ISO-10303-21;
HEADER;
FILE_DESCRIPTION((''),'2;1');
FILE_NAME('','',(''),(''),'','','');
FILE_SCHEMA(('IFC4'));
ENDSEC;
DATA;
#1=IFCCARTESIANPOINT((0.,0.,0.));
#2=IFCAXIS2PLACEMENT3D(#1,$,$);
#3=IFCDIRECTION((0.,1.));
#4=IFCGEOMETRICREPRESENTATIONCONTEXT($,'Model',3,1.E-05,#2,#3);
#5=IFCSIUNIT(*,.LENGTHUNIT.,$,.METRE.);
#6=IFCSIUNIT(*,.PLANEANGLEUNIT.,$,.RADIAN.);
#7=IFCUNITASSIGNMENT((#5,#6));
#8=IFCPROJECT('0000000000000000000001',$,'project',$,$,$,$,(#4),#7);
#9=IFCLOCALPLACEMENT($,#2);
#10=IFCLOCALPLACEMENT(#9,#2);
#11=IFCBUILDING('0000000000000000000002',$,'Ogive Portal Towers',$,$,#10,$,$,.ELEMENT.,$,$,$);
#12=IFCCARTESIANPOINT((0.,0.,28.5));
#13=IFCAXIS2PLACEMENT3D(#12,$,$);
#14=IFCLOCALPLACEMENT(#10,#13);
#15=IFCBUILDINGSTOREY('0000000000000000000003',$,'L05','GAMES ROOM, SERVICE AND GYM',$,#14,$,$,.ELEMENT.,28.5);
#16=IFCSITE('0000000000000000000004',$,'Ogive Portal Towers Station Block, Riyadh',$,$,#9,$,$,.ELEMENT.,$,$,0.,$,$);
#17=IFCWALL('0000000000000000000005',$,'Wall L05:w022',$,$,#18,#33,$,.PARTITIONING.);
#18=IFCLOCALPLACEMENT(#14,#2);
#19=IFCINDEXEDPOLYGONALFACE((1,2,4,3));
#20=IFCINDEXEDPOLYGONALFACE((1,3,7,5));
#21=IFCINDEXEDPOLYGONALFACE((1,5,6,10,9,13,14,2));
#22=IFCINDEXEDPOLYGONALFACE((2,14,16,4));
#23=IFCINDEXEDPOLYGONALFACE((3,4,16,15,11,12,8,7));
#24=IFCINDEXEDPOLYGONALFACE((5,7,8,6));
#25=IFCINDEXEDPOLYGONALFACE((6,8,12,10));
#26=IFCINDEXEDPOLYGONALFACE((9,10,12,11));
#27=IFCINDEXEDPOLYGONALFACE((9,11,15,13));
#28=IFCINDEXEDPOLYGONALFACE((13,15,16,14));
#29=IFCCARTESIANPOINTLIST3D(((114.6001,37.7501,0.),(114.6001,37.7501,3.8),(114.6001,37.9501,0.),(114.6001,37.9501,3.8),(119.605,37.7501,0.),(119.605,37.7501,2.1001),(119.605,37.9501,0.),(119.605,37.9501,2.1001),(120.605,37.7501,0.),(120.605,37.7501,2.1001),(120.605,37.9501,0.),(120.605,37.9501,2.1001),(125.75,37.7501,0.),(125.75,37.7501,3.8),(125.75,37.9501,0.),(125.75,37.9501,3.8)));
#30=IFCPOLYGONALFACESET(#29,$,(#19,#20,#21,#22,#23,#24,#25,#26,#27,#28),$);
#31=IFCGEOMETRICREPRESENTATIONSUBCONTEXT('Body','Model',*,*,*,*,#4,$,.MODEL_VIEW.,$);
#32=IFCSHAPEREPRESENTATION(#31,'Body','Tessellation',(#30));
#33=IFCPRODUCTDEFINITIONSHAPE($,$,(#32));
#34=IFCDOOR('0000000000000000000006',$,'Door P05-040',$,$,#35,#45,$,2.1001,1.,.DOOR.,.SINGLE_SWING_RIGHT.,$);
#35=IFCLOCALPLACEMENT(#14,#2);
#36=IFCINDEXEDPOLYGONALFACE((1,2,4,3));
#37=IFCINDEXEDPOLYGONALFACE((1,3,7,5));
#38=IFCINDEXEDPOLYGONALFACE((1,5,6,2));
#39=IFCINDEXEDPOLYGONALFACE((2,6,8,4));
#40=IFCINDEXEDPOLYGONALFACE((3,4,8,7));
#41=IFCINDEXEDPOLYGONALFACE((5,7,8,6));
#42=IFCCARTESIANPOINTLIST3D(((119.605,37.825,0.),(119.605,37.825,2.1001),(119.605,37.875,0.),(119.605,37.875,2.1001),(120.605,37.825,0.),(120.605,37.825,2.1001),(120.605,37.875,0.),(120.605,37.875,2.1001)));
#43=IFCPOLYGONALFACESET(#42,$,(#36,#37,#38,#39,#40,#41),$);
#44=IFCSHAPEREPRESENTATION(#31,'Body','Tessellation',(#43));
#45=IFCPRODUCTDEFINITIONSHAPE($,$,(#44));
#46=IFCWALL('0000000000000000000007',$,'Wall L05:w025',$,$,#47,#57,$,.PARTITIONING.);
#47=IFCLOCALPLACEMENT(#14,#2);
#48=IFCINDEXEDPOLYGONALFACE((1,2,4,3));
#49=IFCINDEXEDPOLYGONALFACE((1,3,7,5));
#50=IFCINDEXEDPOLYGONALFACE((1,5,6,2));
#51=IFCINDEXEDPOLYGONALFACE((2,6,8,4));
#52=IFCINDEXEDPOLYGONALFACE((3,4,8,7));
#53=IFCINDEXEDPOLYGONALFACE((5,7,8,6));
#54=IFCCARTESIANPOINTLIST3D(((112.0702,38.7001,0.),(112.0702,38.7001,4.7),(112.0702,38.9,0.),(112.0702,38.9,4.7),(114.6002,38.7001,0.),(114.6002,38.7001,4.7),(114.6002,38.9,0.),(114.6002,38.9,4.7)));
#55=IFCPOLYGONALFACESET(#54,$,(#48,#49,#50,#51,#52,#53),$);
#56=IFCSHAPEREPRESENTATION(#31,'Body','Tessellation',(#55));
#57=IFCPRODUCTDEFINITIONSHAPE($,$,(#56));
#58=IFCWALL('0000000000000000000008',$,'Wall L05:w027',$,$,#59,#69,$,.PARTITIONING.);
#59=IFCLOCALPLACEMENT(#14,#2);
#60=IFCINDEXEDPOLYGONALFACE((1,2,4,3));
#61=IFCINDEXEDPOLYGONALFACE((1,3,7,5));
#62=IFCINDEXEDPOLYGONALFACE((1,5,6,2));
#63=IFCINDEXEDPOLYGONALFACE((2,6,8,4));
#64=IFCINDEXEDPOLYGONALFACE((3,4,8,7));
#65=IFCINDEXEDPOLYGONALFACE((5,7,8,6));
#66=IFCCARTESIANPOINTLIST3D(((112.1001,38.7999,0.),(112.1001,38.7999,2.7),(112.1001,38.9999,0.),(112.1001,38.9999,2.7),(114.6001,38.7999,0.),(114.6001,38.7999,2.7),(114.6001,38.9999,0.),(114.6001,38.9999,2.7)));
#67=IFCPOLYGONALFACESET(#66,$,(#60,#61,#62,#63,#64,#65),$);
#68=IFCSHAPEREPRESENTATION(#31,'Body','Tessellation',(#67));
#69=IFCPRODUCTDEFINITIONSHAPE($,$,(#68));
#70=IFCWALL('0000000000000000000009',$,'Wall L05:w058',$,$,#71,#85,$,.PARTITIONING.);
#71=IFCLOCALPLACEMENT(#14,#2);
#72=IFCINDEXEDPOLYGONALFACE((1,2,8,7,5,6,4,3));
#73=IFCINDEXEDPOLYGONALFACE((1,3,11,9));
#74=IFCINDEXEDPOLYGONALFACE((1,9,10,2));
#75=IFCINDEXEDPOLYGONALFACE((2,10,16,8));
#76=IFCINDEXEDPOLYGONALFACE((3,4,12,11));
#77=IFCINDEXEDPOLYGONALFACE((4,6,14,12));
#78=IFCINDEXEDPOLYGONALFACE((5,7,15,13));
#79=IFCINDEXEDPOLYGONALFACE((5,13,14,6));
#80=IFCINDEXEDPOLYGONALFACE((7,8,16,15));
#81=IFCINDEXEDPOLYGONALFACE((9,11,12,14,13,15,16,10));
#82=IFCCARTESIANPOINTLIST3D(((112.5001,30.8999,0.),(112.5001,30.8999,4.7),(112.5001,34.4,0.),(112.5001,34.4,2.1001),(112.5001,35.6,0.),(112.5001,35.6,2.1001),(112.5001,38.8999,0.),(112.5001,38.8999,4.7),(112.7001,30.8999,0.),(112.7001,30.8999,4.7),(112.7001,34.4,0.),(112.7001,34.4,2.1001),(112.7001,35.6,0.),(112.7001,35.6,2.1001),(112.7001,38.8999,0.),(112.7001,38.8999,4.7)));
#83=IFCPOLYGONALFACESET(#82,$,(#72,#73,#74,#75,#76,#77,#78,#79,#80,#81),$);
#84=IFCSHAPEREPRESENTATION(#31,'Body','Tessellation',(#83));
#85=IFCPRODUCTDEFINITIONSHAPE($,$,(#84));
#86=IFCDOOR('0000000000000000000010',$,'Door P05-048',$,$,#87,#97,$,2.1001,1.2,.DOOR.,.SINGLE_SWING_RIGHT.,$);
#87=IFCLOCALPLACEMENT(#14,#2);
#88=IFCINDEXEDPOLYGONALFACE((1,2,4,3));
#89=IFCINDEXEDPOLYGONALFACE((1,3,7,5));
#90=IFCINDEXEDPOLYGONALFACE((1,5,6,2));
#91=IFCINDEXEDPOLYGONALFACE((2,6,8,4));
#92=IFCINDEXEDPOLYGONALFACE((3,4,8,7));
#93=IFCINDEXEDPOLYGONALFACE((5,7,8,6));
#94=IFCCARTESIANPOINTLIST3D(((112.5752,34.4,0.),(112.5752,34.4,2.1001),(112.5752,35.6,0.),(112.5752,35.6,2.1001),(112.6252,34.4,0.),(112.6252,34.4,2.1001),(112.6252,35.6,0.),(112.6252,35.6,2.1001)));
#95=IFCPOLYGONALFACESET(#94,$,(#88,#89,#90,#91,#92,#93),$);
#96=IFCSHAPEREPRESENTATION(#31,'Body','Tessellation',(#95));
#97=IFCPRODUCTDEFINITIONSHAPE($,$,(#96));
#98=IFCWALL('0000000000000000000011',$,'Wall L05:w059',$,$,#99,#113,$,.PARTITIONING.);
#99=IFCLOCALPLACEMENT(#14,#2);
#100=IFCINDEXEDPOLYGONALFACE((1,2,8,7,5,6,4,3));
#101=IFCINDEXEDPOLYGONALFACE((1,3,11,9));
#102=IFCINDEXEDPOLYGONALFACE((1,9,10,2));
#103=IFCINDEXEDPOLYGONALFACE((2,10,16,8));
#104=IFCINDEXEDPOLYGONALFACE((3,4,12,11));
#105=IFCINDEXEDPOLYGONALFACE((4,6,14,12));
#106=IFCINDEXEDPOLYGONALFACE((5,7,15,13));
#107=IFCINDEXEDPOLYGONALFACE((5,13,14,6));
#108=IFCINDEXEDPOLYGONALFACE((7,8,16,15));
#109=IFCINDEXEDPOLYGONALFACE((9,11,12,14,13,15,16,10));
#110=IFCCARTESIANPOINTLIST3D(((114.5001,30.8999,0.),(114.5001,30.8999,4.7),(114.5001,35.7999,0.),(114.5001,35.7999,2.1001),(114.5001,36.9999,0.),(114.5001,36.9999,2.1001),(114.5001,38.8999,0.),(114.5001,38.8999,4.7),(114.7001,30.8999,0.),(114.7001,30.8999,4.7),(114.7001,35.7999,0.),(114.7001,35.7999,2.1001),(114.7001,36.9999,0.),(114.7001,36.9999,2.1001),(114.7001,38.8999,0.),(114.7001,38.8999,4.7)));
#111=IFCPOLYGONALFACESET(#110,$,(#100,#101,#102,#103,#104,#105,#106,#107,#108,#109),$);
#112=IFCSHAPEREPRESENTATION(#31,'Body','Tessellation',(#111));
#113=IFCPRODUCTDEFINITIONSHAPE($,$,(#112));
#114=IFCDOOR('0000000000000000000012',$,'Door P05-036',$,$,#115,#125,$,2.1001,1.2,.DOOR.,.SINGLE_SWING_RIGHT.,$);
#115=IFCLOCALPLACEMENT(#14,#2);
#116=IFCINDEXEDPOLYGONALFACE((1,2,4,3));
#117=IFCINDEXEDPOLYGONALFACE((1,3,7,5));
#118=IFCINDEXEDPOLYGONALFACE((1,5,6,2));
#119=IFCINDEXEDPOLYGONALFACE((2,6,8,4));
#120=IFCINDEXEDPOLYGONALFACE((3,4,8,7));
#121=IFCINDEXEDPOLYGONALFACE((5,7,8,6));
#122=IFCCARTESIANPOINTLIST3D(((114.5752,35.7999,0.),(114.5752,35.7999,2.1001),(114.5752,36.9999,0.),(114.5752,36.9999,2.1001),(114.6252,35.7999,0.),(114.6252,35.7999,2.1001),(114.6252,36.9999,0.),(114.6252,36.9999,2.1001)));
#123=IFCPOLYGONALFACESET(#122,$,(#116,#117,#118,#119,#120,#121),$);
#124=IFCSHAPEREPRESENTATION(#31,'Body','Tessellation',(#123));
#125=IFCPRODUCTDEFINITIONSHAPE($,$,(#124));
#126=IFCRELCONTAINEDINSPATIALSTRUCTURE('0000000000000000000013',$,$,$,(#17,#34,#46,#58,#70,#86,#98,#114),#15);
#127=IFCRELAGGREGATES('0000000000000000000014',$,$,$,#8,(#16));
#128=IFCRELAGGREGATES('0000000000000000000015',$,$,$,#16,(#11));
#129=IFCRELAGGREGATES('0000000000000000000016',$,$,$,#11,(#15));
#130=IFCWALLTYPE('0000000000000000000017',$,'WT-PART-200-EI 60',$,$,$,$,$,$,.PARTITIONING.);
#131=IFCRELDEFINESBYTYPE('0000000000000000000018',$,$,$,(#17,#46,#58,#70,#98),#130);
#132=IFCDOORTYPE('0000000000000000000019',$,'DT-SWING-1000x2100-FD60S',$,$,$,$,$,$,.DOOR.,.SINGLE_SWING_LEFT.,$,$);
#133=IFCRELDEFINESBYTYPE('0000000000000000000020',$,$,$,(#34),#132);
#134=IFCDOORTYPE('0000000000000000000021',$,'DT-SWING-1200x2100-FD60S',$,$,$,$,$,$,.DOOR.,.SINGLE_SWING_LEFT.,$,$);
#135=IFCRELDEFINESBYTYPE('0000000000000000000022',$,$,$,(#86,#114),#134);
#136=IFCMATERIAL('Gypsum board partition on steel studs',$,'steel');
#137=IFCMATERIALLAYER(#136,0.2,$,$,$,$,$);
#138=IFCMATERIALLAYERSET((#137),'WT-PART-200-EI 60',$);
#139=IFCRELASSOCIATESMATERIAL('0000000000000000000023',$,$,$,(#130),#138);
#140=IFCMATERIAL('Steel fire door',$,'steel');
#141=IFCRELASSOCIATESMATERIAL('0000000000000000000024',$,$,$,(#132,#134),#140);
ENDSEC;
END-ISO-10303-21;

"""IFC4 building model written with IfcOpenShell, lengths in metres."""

from ifc_helpers import new_model, si_unit, direction, frame, frame_2d, origin, place, context, subcontext, project, spatial, rectangle, extrude, material, layer, layer_set, type_object, element, fill, save


model = new_model("IFC4")

# Units and contexts
model_context = context("Model", 3, precision=1e-05, world=origin(), true_north=direction((0.0, 1.0)))
body_context = subcontext(model_context, "Body", "Model", "MODEL_VIEW")
ifc_project = project(units=[si_unit("LENGTHUNIT", "METRE"), si_unit("PLANEANGLEUNIT", "RADIAN")], contexts=[model_context])

# Site, building, storey
site_placement = place(None, origin())
site = spatial("IfcSite", under=ifc_project, at=site_placement, Name="Ogive Portal Towers Station Block, Riyadh", CompositionType="ELEMENT", RefElevation=0.0)
building_placement = place(site_placement, origin())
building = spatial("IfcBuilding", under=site, at=building_placement, Name="Ogive Portal Towers", CompositionType="ELEMENT")
storey_placement = place(building_placement, frame((0.0, 0.0, 28.5)))
storey = spatial("IfcBuildingStorey", under=building, at=storey_placement, Name="L05", Description="GAMES ROOM, SERVICE AND GYM", CompositionType="ELEMENT", Elevation=28.5)

# Shared definitions
ifc_material_1 = material(Name="Steel fire door", Category="steel")

# Shared definitions
ifc_material_2 = material(Name="Gypsum board partition on steel studs", Category="steel")
ifc_layer_1 = layer(ifc_material_2, 0.2)
ifc_layer_set_1 = layer_set([ifc_layer_1], Name="WT-PART-200-EI 60")
wall_type_1 = type_object("IfcWallType", Name="WT-PART-200-EI 60", PredefinedType="PARTITIONING", material=ifc_layer_set_1)

# Wall, opening, door
wall_1_placement = place(storey_placement, frame((114.6001, 37.8501, 0.0), z_axis=(0.0, 0.0, 1.0), x_axis=(1.0, 0.0, 0.0)))
wall_1 = element("IfcWall", 1, at=wall_1_placement, inside=storey, type_object=wall_type_1, Name="Wall L05:w022", PredefinedType="PARTITIONING", context=body_context, shape_type="SweptSolid", body=[
    extrude(rectangle(XDim=11.1499, YDim=0.2, at=frame_2d((5.575, 0.0))), origin(), (0.0, 0.0, 1.0), 3.8),
])
opening_1_placement = place(wall_1_placement, frame((5.0049, 0.0, 0.0)))
opening_1 = element("IfcOpeningElement", 2, at=opening_1_placement, cuts=wall_1, PredefinedType="OPENING", context=body_context, shape_type="SweptSolid", body=[
    extrude(rectangle(XDim=1.0, YDim=2.1001, at=frame_2d((0.5, 1.05))), frame((0.0, 0.1099, 0.0), z_axis=(0.0, -1.0, 0.0), x_axis=(1.0, 0.0, 0.0)), (0.0, 0.0, 1.0), 0.22),
])
door_type_1 = type_object("IfcDoorType", Name="DT-SWING-1000x2100-FD60S", OperationType="SINGLE_SWING_LEFT", PredefinedType="DOOR", material=ifc_material_1)
door_1_placement = place(opening_1_placement, origin())
door_1 = element("IfcDoor", 3, at=door_1_placement, inside=storey, type_object=door_type_1, Name="Door P05-040", OperationType="SINGLE_SWING_RIGHT", OverallHeight=2.1001, OverallWidth=1.0, PredefinedType="DOOR", context=body_context, shape_type="SweptSolid", body=[
    extrude(rectangle(XDim=1.0, YDim=2.1001, at=frame_2d((0.5, 1.05))), frame((0.0, 0.0249, 0.0), z_axis=(0.0, -1.0, 0.0), x_axis=(1.0, 0.0, 0.0)), (0.0, 0.0, 1.0), 0.05),
])
fill(opening_1, door_1)

# Walls
wall_2_placement = place(storey_placement, frame((112.0701, 38.8, 0.0), z_axis=(0.0, 0.0, 1.0), x_axis=(1.0, 0.0, 0.0)))
element("IfcWall", 4, at=wall_2_placement, inside=storey, type_object=wall_type_1, Name="Wall L05:w025", PredefinedType="PARTITIONING", context=body_context, shape_type="SweptSolid", body=[
    extrude(rectangle(XDim=2.53, YDim=0.2, at=frame_2d((1.2651, 0.0))), origin(), (0.0, 0.0, 1.0), 4.7),
])
wall_3_placement = place(storey_placement, frame((112.1001, 38.8999, 0.0), z_axis=(0.0, 0.0, 1.0), x_axis=(1.0, 0.0, 0.0)))
element("IfcWall", 5, at=wall_3_placement, inside=storey, type_object=wall_type_1, Name="Wall L05:w027", PredefinedType="PARTITIONING", context=body_context, shape_type="SweptSolid", body=[
    extrude(rectangle(XDim=2.5, YDim=0.2, at=frame_2d((1.25, 0.0))), origin(), (0.0, 0.0, 1.0), 2.7),
])

# Walls, openings, doors
wall_4_placement = place(storey_placement, frame((112.6001, 30.8999, 0.0), z_axis=(0.0, 0.0, 1.0), x_axis=(0.0, 1.0, 0.0)))
wall_4 = element("IfcWall", 6, at=wall_4_placement, inside=storey, type_object=wall_type_1, Name="Wall L05:w058", PredefinedType="PARTITIONING", context=body_context, shape_type="SweptSolid", body=[
    extrude(rectangle(XDim=8.0, YDim=0.2, at=frame_2d((4.0, 0.0))), origin(), (0.0, 0.0, 1.0), 4.7),
])
opening_2_placement = place(wall_4_placement, frame((3.5, 0.0, 0.0)))
opening_2 = element("IfcOpeningElement", 7, at=opening_2_placement, cuts=wall_4, PredefinedType="OPENING", context=body_context, shape_type="SweptSolid", body=[
    extrude(rectangle(XDim=1.2, YDim=2.1001, at=frame_2d((0.6001, 1.05))), frame((0.0, 0.1099, 0.0), z_axis=(0.0, -1.0, 0.0), x_axis=(1.0, 0.0, 0.0)), (0.0, 0.0, 1.0), 0.22),
])
door_type_2 = type_object("IfcDoorType", Name="DT-SWING-1200x2100-FD60S", OperationType="SINGLE_SWING_LEFT", PredefinedType="DOOR", material=ifc_material_1)
door_2_placement = place(opening_2_placement, origin())
door_2 = element("IfcDoor", 8, at=door_2_placement, inside=storey, type_object=door_type_2, Name="Door P05-048", OperationType="SINGLE_SWING_RIGHT", OverallHeight=2.1001, OverallWidth=1.2, PredefinedType="DOOR", context=body_context, shape_type="SweptSolid", body=[
    extrude(rectangle(XDim=1.2, YDim=2.1001, at=frame_2d((0.6001, 1.05))), frame((0.0, 0.0249, 0.0), z_axis=(0.0, -1.0, 0.0), x_axis=(1.0, 0.0, 0.0)), (0.0, 0.0, 1.0), 0.05),
])
fill(opening_2, door_2)
wall_5_placement = place(storey_placement, frame((114.6001, 30.8999, 0.0), z_axis=(0.0, 0.0, 1.0), x_axis=(0.0, 1.0, 0.0)))
wall_5 = element("IfcWall", 9, at=wall_5_placement, inside=storey, type_object=wall_type_1, Name="Wall L05:w059", PredefinedType="PARTITIONING", context=body_context, shape_type="SweptSolid", body=[
    extrude(rectangle(XDim=8.0, YDim=0.2, at=frame_2d((4.0, 0.0))), origin(), (0.0, 0.0, 1.0), 4.7),
])
opening_3_placement = place(wall_5_placement, frame((4.8999, 0.0, 0.0)))
opening_3 = element("IfcOpeningElement", 10, at=opening_3_placement, cuts=wall_5, PredefinedType="OPENING", context=body_context, shape_type="SweptSolid", body=[
    extrude(rectangle(XDim=1.2, YDim=2.1001, at=frame_2d((0.6001, 1.05))), frame((0.0, 0.1099, 0.0), z_axis=(0.0, -1.0, 0.0), x_axis=(1.0, 0.0, 0.0)), (0.0, 0.0, 1.0), 0.22),
])
door_3_placement = place(opening_3_placement, origin())
door_3 = element("IfcDoor", 11, at=door_3_placement, inside=storey, type_object=door_type_2, Name="Door P05-036", OperationType="SINGLE_SWING_RIGHT", OverallHeight=2.1001, OverallWidth=1.2, PredefinedType="DOOR", context=body_context, shape_type="SweptSolid", body=[
    extrude(rectangle(XDim=1.2, YDim=2.1001, at=frame_2d((0.6001, 1.05))), frame((0.0, 0.0249, 0.0), z_axis=(0.0, -1.0, 0.0), x_axis=(1.0, 0.0, 0.0)), (0.0, 0.0, 1.0), 0.05),
])
fill(opening_3, door_3)

save(model, "model.ifc")
